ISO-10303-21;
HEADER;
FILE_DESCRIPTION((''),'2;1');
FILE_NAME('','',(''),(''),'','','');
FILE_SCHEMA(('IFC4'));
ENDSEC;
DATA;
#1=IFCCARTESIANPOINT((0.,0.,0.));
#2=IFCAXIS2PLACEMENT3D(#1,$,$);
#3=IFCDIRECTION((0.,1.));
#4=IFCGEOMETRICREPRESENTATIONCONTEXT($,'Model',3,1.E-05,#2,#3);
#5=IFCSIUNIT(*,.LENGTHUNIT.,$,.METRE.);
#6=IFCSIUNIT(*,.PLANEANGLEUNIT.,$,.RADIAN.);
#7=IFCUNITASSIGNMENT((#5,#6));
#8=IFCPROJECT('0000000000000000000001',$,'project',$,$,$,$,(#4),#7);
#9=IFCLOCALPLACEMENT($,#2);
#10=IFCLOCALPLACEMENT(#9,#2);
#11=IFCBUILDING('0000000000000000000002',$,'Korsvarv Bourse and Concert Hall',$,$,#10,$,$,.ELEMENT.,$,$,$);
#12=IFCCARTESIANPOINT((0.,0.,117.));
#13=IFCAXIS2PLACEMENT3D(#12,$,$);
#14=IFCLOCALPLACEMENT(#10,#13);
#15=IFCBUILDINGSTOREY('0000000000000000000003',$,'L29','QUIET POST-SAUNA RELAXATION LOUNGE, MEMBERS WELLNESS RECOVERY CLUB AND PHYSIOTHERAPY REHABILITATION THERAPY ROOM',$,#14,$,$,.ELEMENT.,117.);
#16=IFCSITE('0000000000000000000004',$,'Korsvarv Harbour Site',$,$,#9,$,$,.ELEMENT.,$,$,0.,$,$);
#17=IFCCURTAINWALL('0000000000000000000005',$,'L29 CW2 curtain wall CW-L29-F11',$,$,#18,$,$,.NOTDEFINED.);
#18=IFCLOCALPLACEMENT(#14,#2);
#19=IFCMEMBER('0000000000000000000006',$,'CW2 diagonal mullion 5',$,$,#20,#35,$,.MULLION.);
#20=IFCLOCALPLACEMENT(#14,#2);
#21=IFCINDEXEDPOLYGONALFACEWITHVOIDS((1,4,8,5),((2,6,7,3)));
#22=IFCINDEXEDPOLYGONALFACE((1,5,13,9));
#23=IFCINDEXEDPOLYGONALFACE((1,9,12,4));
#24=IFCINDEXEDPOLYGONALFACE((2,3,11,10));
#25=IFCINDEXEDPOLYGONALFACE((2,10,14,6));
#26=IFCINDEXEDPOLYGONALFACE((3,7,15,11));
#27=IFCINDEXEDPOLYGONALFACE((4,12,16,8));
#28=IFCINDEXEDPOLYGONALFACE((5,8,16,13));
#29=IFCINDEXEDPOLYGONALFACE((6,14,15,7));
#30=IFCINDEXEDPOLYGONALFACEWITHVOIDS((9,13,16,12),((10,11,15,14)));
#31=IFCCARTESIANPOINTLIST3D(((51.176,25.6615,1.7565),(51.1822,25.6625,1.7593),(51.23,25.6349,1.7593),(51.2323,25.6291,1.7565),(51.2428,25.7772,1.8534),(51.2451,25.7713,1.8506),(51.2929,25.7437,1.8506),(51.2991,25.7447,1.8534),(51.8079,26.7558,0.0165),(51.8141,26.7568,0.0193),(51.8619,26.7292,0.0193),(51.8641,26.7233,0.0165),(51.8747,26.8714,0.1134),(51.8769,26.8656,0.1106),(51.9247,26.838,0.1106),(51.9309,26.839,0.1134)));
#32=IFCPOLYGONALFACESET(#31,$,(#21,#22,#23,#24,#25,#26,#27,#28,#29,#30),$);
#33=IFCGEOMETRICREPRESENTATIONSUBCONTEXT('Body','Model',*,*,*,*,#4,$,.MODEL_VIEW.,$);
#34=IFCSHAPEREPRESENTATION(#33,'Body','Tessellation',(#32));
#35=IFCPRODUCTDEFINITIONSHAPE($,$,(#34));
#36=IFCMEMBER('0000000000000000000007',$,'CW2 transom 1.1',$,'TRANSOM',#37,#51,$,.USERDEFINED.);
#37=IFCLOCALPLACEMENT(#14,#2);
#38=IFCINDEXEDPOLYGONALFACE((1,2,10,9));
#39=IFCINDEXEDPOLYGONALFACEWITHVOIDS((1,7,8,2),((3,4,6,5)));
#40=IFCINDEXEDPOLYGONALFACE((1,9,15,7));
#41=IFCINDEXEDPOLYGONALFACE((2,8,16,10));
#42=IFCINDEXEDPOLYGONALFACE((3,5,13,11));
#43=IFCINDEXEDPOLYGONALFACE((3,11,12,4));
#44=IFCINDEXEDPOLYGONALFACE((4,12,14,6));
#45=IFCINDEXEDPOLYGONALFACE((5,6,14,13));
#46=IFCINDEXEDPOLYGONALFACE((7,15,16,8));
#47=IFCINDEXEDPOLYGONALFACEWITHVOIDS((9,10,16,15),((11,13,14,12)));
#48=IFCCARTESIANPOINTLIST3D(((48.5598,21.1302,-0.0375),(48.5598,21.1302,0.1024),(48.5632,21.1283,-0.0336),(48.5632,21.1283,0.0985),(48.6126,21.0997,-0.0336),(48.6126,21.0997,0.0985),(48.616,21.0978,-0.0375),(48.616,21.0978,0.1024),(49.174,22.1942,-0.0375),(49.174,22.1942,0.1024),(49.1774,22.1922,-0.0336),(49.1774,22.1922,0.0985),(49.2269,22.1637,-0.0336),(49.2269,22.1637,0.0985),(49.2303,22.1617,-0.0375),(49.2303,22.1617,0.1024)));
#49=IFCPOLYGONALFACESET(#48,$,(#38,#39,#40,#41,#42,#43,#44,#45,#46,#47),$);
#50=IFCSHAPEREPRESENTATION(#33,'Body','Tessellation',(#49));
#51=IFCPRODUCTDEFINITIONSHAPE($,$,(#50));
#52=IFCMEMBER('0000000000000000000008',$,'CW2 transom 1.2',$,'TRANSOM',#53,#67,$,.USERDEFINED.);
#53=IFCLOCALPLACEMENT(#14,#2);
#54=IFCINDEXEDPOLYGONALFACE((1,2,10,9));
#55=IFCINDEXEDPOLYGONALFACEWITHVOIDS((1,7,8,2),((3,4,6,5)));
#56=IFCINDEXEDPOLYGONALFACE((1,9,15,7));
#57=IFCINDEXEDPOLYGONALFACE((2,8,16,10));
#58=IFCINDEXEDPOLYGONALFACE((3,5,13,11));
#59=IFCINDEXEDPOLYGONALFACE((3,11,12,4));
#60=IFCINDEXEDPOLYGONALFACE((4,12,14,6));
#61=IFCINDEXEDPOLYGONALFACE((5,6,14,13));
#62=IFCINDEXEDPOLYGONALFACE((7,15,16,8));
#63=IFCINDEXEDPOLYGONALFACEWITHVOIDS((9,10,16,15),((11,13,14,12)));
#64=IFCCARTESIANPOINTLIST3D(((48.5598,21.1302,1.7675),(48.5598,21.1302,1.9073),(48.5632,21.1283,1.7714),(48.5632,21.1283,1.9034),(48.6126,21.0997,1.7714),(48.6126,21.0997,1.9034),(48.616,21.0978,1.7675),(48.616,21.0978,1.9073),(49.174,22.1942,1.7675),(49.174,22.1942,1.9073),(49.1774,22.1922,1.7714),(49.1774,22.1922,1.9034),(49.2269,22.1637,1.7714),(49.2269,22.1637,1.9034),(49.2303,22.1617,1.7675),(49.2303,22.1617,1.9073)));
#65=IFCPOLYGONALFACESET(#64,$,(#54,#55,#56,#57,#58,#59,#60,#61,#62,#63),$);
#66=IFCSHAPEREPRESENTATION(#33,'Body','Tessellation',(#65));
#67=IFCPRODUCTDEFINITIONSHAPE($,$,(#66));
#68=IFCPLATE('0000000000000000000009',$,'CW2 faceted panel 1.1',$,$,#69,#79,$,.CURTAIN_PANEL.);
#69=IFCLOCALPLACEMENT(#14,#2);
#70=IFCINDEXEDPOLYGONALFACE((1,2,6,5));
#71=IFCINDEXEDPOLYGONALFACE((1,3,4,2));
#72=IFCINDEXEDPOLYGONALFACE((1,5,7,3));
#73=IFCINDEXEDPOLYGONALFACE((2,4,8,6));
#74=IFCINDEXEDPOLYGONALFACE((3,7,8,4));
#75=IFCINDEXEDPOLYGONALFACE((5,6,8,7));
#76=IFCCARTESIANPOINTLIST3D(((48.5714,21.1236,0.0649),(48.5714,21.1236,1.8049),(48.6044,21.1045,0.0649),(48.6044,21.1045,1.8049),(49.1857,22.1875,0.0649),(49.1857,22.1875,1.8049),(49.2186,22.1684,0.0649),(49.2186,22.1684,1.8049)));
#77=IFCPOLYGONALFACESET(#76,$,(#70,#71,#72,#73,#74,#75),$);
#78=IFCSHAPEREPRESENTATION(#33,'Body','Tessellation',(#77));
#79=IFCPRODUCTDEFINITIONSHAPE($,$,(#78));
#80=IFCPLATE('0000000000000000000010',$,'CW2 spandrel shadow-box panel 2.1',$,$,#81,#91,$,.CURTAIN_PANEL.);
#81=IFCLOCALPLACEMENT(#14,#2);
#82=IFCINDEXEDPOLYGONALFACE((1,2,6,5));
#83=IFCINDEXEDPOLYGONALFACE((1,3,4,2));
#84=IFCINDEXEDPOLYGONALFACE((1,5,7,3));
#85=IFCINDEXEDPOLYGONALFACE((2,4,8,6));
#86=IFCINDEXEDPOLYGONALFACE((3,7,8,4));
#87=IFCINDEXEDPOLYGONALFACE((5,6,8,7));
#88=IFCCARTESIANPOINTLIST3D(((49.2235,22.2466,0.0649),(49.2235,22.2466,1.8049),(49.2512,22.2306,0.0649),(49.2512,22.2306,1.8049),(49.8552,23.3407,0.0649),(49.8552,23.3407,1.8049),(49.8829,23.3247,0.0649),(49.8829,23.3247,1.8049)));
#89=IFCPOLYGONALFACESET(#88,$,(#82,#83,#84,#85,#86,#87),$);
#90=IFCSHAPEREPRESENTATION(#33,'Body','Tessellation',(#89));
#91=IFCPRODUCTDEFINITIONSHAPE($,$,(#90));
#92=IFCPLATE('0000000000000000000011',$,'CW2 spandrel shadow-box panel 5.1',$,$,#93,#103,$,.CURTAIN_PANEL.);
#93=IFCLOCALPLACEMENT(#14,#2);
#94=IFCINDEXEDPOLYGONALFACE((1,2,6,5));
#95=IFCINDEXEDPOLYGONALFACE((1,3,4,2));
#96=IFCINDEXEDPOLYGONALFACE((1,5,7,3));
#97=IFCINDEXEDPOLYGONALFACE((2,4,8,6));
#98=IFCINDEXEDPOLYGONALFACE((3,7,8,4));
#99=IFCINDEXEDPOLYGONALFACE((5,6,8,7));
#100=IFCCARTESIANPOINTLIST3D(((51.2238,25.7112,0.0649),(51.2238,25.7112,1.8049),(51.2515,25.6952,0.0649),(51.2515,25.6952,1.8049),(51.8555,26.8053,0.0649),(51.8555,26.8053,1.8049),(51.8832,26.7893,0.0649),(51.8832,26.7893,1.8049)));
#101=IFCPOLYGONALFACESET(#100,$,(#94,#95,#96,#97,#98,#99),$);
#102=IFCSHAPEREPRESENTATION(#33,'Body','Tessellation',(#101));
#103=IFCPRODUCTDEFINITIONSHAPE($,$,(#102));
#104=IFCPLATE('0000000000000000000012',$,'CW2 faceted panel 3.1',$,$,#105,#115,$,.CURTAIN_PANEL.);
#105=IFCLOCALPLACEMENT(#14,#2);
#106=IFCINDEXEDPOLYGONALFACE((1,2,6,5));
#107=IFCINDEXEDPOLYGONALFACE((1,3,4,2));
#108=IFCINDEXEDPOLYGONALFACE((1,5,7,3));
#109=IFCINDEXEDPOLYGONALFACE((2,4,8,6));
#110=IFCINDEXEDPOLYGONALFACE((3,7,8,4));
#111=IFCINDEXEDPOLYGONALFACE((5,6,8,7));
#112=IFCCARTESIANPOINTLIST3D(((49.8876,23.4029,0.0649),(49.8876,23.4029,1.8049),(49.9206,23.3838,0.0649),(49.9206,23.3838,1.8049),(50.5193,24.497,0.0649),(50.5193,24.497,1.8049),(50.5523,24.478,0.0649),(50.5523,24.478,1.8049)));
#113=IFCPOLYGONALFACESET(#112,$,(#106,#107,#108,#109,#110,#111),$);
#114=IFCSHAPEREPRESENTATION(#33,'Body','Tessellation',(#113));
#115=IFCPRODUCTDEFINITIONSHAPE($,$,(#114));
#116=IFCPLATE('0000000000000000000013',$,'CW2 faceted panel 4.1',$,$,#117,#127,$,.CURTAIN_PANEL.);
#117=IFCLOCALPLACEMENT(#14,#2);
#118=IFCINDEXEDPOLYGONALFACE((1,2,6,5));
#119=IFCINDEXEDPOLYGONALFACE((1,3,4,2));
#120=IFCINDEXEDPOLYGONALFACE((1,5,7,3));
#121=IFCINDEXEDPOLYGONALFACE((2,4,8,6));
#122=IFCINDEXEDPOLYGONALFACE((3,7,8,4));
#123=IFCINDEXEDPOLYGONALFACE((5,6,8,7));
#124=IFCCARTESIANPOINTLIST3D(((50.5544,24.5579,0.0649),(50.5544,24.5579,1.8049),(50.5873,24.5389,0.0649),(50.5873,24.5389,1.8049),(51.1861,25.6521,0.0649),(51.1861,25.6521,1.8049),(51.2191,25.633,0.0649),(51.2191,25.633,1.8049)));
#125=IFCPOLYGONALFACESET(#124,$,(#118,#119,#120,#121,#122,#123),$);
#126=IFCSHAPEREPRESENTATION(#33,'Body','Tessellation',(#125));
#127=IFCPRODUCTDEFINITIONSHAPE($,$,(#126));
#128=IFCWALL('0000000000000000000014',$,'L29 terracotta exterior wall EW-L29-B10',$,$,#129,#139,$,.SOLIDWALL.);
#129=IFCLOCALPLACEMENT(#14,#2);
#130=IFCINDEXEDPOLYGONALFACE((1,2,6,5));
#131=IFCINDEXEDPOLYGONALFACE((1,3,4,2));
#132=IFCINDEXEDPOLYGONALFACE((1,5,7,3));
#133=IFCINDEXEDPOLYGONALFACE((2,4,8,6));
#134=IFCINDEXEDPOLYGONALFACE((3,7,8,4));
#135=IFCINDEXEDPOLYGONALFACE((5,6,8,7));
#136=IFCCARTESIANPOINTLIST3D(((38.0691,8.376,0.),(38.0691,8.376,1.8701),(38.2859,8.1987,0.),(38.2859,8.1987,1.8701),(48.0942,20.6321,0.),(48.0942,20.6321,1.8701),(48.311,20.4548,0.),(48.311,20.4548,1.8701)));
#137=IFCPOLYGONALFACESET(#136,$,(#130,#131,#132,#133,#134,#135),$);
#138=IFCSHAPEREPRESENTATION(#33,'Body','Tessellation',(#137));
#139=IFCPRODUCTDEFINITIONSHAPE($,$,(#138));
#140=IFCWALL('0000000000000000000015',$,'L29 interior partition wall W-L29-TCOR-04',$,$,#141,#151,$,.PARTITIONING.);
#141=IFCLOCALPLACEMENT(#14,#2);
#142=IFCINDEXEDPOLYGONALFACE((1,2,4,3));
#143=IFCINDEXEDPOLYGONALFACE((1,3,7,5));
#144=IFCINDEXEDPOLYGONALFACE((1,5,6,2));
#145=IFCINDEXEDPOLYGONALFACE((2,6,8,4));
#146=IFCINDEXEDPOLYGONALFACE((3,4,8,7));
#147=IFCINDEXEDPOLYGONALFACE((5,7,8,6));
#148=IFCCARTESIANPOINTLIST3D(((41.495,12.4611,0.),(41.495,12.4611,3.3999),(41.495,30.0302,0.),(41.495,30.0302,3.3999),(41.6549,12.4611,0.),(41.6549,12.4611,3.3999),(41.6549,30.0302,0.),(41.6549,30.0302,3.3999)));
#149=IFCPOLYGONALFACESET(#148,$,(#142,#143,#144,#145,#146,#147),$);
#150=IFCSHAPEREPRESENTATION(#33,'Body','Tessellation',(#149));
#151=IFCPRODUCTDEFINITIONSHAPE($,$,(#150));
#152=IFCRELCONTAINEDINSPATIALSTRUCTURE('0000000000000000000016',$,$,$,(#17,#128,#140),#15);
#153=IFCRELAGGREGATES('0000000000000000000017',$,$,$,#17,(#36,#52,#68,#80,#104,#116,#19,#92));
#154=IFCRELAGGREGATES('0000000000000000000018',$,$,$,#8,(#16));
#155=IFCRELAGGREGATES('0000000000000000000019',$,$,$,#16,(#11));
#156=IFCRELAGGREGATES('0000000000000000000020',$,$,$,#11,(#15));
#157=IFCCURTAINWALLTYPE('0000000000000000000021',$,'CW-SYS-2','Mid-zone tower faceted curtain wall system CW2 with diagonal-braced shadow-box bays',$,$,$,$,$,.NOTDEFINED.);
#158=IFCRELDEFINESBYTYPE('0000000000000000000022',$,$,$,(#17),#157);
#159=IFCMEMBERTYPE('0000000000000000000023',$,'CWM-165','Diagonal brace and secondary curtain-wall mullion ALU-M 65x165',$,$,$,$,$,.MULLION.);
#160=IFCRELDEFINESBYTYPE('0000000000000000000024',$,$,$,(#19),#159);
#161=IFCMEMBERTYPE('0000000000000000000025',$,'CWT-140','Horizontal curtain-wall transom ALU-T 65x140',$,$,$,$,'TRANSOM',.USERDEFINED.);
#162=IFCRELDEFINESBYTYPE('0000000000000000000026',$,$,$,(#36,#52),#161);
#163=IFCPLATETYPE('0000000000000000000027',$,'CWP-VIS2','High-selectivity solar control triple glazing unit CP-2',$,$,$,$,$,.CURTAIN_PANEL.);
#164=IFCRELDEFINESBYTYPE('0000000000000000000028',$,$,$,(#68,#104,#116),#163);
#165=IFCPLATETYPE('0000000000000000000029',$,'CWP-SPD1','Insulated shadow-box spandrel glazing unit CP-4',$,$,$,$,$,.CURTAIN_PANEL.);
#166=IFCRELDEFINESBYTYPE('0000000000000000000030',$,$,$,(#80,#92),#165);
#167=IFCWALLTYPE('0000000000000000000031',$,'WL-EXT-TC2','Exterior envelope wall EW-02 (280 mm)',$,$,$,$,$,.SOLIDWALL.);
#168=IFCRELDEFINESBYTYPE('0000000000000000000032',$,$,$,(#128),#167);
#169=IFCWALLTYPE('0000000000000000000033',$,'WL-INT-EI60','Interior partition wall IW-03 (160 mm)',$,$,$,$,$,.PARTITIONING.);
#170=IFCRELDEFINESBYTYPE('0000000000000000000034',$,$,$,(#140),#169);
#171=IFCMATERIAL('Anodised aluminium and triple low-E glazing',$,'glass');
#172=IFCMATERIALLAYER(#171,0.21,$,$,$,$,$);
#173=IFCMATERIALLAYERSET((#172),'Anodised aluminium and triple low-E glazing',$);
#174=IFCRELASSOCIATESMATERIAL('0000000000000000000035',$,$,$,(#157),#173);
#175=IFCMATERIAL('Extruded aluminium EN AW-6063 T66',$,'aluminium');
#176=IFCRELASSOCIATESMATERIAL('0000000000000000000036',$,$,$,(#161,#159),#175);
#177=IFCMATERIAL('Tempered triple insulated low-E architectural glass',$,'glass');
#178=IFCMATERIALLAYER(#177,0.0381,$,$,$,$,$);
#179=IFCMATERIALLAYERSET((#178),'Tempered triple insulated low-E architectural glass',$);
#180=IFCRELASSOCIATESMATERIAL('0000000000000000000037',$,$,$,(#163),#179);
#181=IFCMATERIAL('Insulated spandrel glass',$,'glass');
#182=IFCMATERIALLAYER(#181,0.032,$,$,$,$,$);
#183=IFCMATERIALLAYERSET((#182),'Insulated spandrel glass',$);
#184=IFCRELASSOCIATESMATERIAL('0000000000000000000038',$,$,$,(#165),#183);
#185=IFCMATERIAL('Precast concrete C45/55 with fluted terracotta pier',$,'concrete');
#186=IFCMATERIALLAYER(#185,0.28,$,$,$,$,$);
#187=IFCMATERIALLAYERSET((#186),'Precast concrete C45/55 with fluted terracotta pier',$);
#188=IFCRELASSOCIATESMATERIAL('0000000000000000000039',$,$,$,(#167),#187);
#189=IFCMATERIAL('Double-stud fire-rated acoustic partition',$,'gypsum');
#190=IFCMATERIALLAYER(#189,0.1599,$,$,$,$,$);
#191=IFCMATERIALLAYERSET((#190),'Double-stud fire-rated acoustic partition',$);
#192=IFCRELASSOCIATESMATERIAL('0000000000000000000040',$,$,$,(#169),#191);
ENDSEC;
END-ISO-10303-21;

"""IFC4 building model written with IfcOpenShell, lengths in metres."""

from ifc_helpers import new_model, si_unit, direction, frame, frame_2d, origin, origin_2d, place, context, subcontext, project, spatial, rectangle, hollow_rectangle, extrude, source, transform, mapped, material, layer, layer_set, material_profile, profile_set, type_object, element, aggregate, save


model = new_model("IFC4")

# Units and contexts
model_context = context("Model", 3, precision=1e-05, world=origin(), true_north=direction((0.0, 1.0)))
body_context = subcontext(model_context, "Body", "Model", "MODEL_VIEW")
ifc_project = project(units=[si_unit("LENGTHUNIT", "METRE"), si_unit("PLANEANGLEUNIT", "RADIAN")], contexts=[model_context])

# Site, building, storey
site_placement = place(None, origin())
site = spatial("IfcSite", under=ifc_project, at=site_placement, Name="Korsvarv Harbour Site", CompositionType="ELEMENT", RefElevation=0.0)
building_placement = place(site_placement, origin())
building = spatial("IfcBuilding", under=site, at=building_placement, Name="Korsvarv Bourse and Concert Hall", CompositionType="ELEMENT")
storey_placement = place(building_placement, frame((0.0, 0.0, 117.0)))
storey = spatial("IfcBuildingStorey", under=building, at=storey_placement, Name="L29", Description="QUIET POST-SAUNA RELAXATION LOUNGE, MEMBERS WELLNESS RECOVERY CLUB AND PHYSIOTHERAPY REHABILITATION THERAPY ROOM", CompositionType="ELEMENT", Elevation=117.0)

# Curtain wall, members, plates
ifc_material_1 = material(Name="Anodised aluminium and triple low-E glazing", Category="glass")
ifc_layer_1 = layer(ifc_material_1, 0.21)
ifc_layer_set_1 = layer_set([ifc_layer_1], Name="Anodised aluminium and triple low-E glazing")
curtain_wall_type = type_object("IfcCurtainWallType", Name="CW-SYS-2", Description="Mid-zone tower faceted curtain wall system CW2 with diagonal-braced shadow-box bays", PredefinedType="NOTDEFINED", material=ifc_layer_set_1)
curtain_wall_placement = place(storey_placement, origin())
curtain_wall = element("IfcCurtainWall", 1, at=curtain_wall_placement, inside=storey, type_object=curtain_wall_type, Name="L29 CW2 curtain wall CW-L29-F11", PredefinedType="NOTDEFINED")
ifc_material_2 = material(Name="Extruded aluminium EN AW-6063 T66", Category="aluminium")
ifc_material_profile_1 = material_profile(ifc_material_2, hollow_rectangle(XDim=0.0649, YDim=0.1399, WallThickness=0.0039, at=origin_2d()), Name="ALU-T 65x140")
ifc_profile_set_1 = profile_set([ifc_material_profile_1], Name="Extruded aluminium EN AW-6063 T66")
member_type_1 = type_object("IfcMemberType", Name="CWT-140", Description="Horizontal curtain-wall transom ALU-T 65x140", ElementType="TRANSOM", PredefinedType="USERDEFINED", material=ifc_profile_set_1)
ifc_material_profile_2 = material_profile(ifc_material_2, hollow_rectangle(XDim=0.0649, YDim=0.165, WallThickness=0.0049, at=origin_2d()), Name="ALU-M 65x165")
ifc_profile_set_2 = profile_set([ifc_material_profile_2], Name="Extruded aluminium EN AW-6063 T66")
member_type_2 = type_object("IfcMemberType", Name="CWM-165", Description="Diagonal brace and secondary curtain-wall mullion ALU-M 65x165", PredefinedType="MULLION", material=ifc_profile_set_2)
shared_shape_1 = source(origin(), body_context, "Body", "SweptSolid", [
    extrude(hollow_rectangle(XDim=0.0649, YDim=0.165, WallThickness=0.0049, at=origin_2d()), origin(), (0.0, 0.0, 1.0), 2.1504),
])
member_1_placement = place(storey_placement, frame((51.8694, 26.7974, 0.0649), z_axis=(-0.293825, -0.508858, 0.809154), x_axis=(0.865999, -0.500046, 0.0)))
member_1 = element("IfcMember", 2, at=member_1_placement, type_object=member_type_2, Name="CW2 diagonal mullion 5", PredefinedType="MULLION", context=body_context, shape_type="MappedRepresentation", body=[
    mapped(shared_shape_1, transform((0.0, 0.0, 0.0), scale=1.0)),
])
shared_shape_2 = source(origin(), body_context, "Body", "SweptSolid", [
    extrude(hollow_rectangle(XDim=0.0649, YDim=0.1399, WallThickness=0.0039, at=origin_2d()), origin(), (0.0, 0.0, 1.0), 1.2285),
])
member_2_placement = place(storey_placement, frame((48.5879, 21.114, 0.0325), z_axis=(0.499986, 0.866033, 0.0), x_axis=(-0.866033, 0.499986, 0.0)))
member_2 = element("IfcMember", 3, at=member_2_placement, type_object=member_type_1, Name="CW2 transom 1.1", ObjectType="TRANSOM", PredefinedType="USERDEFINED", context=body_context, shape_type="MappedRepresentation", body=[
    mapped(shared_shape_2, transform((0.0, 0.0, 0.0), scale=1.0)),
])
member_3_placement = place(storey_placement, frame((48.5879, 21.114, 1.8374), z_axis=(0.499986, 0.866033, 0.0), x_axis=(-0.866033, 0.499986, 0.0)))
member_3 = element("IfcMember", 4, at=member_3_placement, type_object=member_type_1, Name="CW2 transom 1.2", ObjectType="TRANSOM", PredefinedType="USERDEFINED", context=body_context, shape_type="MappedRepresentation", body=[
    mapped(shared_shape_2, transform((0.0, 0.0, 0.0), scale=1.0)),
])
ifc_material_3 = material(Name="Tempered triple insulated low-E architectural glass", Category="glass")
ifc_layer_2 = layer(ifc_material_3, 0.0381)
ifc_layer_set_2 = layer_set([ifc_layer_2], Name="Tempered triple insulated low-E architectural glass")
plate_type_1 = type_object("IfcPlateType", Name="CWP-VIS2", Description="High-selectivity solar control triple glazing unit CP-2", PredefinedType="CURTAIN_PANEL", material=ifc_layer_set_2)
shared_shape_3 = source(origin(), body_context, "Body", "SweptSolid", [
    extrude(rectangle(XDim=1.2285, YDim=0.0381, at=origin_2d()), origin(), (0.0, 0.0, 1.0), 1.74),
])
plate_1_placement = place(storey_placement, frame((48.895, 21.646, 0.0649), z_axis=(0.0, 0.0, 1.0), x_axis=(0.500006, 0.866022, 0.0)))
plate_1 = element("IfcPlate", 5, at=plate_1_placement, type_object=plate_type_1, Name="CW2 faceted panel 1.1", PredefinedType="CURTAIN_PANEL", context=body_context, shape_type="MappedRepresentation", body=[
    mapped(shared_shape_3, transform((0.0, 0.0, 0.0), scale=1.0)),
])
ifc_material_4 = material(Name="Insulated spandrel glass", Category="glass")
ifc_layer_3 = layer(ifc_material_4, 0.032)
ifc_layer_set_3 = layer_set([ifc_layer_3], Name="Insulated spandrel glass")
plate_type_2 = type_object("IfcPlateType", Name="CWP-SPD1", Description="Insulated shadow-box spandrel glazing unit CP-4", PredefinedType="CURTAIN_PANEL", material=ifc_layer_set_3)
shared_shape_4 = source(origin(), body_context, "Body", "SweptSolid", [
    extrude(rectangle(XDim=1.2634, YDim=0.032, at=origin_2d()), origin(), (0.0, 0.0, 1.0), 1.74),
])
plate_2_placement = place(storey_placement, frame((49.5532, 22.7856, 0.0649), z_axis=(0.0, 0.0, 1.0), x_axis=(0.500006, 0.866022, 0.0)))
plate_2 = element("IfcPlate", 6, at=plate_2_placement, type_object=plate_type_2, Name="CW2 spandrel shadow-box panel 2.1", PredefinedType="CURTAIN_PANEL", context=body_context, shape_type="MappedRepresentation", body=[
    mapped(shared_shape_4, transform((0.0, 0.0, 0.0), scale=1.0)),
])
plate_3_placement = place(storey_placement, frame((51.5535, 26.2502, 0.0649), z_axis=(0.0, 0.0, 1.0), x_axis=(0.500006, 0.866022, 0.0)))
plate_3 = element("IfcPlate", 7, at=plate_3_placement, type_object=plate_type_2, Name="CW2 spandrel shadow-box panel 5.1", PredefinedType="CURTAIN_PANEL", context=body_context, shape_type="MappedRepresentation", body=[
    mapped(shared_shape_4, transform((0.0, 0.0, 0.0), scale=1.0)),
])
shared_shape_5 = source(origin(), body_context, "Body", "SweptSolid", [
    extrude(rectangle(XDim=1.2634, YDim=0.0381, at=origin_2d()), origin(), (0.0, 0.0, 1.0), 1.74),
])
plate_4_placement = place(storey_placement, frame((50.22, 23.9404, 0.0649), z_axis=(0.0, 0.0, 1.0), x_axis=(0.500006, 0.866022, 0.0)))
plate_4 = element("IfcPlate", 8, at=plate_4_placement, type_object=plate_type_1, Name="CW2 faceted panel 3.1", PredefinedType="CURTAIN_PANEL", context=body_context, shape_type="MappedRepresentation", body=[
    mapped(shared_shape_5, transform((0.0, 0.0, 0.0), scale=1.0)),
])
plate_5_placement = place(storey_placement, frame((50.8867, 25.0955, 0.0649), z_axis=(0.0, 0.0, 1.0), x_axis=(0.500006, 0.866022, 0.0)))
plate_5 = element("IfcPlate", 9, at=plate_5_placement, type_object=plate_type_1, Name="CW2 faceted panel 4.1", PredefinedType="CURTAIN_PANEL", context=body_context, shape_type="MappedRepresentation", body=[
    mapped(shared_shape_5, transform((0.0, 0.0, 0.0), scale=1.0)),
])
aggregate(curtain_wall, [member_2, member_3, plate_1, plate_2, plate_4, plate_5, member_1, plate_3])

# Walls
ifc_material_5 = material(Name="Precast concrete C45/55 with fluted terracotta pier", Category="concrete")
ifc_layer_4 = layer(ifc_material_5, 0.28)
ifc_layer_set_4 = layer_set([ifc_layer_4], Name="Precast concrete C45/55 with fluted terracotta pier")
wall_type_1 = type_object("IfcWallType", Name="WL-EXT-TC2", Description="Exterior envelope wall EW-02 (280 mm)", PredefinedType="SOLIDWALL", material=ifc_layer_set_4)
wall_1_placement = place(storey_placement, frame((38.1775, 8.2874, 0.0), z_axis=(0.0, 0.0, 1.0), x_axis=(0.63314, 0.774037, 0.0)))
element("IfcWall", 10, at=wall_1_placement, inside=storey, type_object=wall_type_1, Name="L29 terracotta exterior wall EW-L29-B10", PredefinedType="SOLIDWALL", context=body_context, shape_type="SweptSolid", body=[
    extrude(rectangle(XDim=15.834, YDim=0.28, at=frame_2d((7.917, 0.0))), origin(), (0.0, 0.0, 1.0), 1.8701),
])
ifc_material_6 = material(Name="Double-stud fire-rated acoustic partition", Category="gypsum")
ifc_layer_5 = layer(ifc_material_6, 0.1599)
ifc_layer_set_5 = layer_set([ifc_layer_5], Name="Double-stud fire-rated acoustic partition")
wall_type_2 = type_object("IfcWallType", Name="WL-INT-EI60", Description="Interior partition wall IW-03 (160 mm)", PredefinedType="PARTITIONING", material=ifc_layer_set_5)
wall_2_placement = place(storey_placement, frame((41.575, 12.4609, 0.0), z_axis=(0.0, 0.0, 1.0), x_axis=(0.0, 1.0, 0.0)))
element("IfcWall", 11, at=wall_2_placement, inside=storey, type_object=wall_type_2, Name="L29 interior partition wall W-L29-TCOR-04", PredefinedType="PARTITIONING", context=body_context, shape_type="SweptSolid", body=[
    extrude(rectangle(XDim=17.5691, YDim=0.1599, at=frame_2d((8.7847, 0.0))), origin(), (0.0, 0.0, 1.0), 3.3999),
])

save(model, "model.ifc")
